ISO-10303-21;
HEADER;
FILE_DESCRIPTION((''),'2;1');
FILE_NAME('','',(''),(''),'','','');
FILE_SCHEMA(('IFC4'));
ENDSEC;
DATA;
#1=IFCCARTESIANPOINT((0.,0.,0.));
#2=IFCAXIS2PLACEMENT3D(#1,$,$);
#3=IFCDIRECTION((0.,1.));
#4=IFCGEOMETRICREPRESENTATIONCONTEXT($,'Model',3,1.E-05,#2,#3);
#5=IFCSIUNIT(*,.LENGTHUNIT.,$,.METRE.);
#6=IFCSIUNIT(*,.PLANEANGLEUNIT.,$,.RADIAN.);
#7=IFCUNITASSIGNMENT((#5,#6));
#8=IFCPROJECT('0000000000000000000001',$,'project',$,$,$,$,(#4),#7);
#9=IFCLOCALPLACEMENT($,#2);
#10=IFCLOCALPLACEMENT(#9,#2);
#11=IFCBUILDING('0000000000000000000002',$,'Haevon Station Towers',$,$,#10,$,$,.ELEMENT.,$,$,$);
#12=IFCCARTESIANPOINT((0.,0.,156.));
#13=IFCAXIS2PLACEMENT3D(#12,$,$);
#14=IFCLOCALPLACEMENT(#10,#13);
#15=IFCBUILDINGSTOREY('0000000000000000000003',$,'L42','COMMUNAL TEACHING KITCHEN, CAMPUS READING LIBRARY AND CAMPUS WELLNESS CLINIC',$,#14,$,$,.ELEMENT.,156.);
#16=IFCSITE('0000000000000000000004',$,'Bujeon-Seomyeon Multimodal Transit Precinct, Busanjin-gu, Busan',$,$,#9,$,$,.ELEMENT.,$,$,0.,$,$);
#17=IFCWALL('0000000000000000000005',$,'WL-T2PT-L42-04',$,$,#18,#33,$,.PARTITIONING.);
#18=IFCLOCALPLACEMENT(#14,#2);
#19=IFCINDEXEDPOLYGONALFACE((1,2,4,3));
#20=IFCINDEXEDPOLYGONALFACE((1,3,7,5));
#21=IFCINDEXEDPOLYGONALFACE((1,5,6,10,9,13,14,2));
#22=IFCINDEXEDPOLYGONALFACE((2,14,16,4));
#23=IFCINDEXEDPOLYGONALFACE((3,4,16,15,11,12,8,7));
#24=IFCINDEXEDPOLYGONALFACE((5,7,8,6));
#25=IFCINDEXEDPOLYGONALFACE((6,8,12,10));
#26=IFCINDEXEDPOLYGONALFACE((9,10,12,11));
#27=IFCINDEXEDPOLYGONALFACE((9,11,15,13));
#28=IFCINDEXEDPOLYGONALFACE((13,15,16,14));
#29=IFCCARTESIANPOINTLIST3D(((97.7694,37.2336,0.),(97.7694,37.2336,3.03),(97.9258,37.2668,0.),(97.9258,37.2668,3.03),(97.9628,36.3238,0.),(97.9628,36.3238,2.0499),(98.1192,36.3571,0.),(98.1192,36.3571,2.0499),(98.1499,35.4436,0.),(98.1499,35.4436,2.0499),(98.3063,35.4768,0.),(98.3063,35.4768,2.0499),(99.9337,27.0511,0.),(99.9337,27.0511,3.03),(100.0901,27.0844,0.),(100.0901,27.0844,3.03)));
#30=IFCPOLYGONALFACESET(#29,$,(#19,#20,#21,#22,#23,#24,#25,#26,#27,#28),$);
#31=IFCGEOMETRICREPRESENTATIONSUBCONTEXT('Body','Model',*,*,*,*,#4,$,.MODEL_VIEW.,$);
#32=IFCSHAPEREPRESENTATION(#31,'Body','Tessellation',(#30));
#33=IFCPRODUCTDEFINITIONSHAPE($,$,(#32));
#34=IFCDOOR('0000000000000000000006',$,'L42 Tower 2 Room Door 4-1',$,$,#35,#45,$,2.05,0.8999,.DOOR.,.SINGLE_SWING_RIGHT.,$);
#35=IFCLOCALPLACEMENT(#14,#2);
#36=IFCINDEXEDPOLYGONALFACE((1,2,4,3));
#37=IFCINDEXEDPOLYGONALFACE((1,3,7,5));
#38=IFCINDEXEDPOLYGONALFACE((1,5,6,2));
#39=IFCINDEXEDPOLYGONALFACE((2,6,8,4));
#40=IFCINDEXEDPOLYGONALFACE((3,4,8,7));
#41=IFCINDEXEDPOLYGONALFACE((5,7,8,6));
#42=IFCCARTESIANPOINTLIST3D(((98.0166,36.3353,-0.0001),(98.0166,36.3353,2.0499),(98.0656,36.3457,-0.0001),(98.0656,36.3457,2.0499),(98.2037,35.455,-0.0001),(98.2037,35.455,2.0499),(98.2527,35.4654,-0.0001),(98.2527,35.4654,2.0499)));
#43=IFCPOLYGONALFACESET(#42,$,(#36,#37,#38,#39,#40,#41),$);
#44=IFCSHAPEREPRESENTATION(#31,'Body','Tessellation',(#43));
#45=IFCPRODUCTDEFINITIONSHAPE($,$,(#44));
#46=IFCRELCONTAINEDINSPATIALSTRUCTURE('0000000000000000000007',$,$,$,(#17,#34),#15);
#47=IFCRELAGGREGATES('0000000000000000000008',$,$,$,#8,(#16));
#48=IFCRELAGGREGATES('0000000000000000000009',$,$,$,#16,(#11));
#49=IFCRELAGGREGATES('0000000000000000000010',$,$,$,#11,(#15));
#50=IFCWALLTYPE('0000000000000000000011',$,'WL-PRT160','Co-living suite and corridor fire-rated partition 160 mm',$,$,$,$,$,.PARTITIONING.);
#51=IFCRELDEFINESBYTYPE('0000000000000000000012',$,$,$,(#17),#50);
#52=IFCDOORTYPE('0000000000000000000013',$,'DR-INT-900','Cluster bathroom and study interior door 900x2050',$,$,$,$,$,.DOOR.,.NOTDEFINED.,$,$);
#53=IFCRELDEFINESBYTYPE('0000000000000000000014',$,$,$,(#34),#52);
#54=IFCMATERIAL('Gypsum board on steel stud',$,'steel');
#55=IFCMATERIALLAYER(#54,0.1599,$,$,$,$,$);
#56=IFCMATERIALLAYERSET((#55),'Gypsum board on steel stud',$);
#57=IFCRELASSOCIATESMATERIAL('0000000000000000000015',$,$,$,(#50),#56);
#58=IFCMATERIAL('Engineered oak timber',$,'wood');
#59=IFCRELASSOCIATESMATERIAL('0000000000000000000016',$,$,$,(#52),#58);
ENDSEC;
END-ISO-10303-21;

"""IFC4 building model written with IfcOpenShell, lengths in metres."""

from ifc_helpers import new_model, si_unit, direction, frame, frame_2d, origin, place, context, subcontext, project, spatial, rectangle, extrude, material, layer, layer_set, type_object, element, fill, save


model = new_model("IFC4")

# Units and contexts
model_context = context("Model", 3, precision=1e-05, world=origin(), true_north=direction((0.0, 1.0)))
body_context = subcontext(model_context, "Body", "Model", "MODEL_VIEW")
ifc_project = project(units=[si_unit("LENGTHUNIT", "METRE"), si_unit("PLANEANGLEUNIT", "RADIAN")], contexts=[model_context])

# Site, building, storey
site_placement = place(None, origin())
site = spatial("IfcSite", under=ifc_project, at=site_placement, Name="Bujeon-Seomyeon Multimodal Transit Precinct, Busanjin-gu, Busan", CompositionType="ELEMENT", RefElevation=0.0)
building_placement = place(site_placement, origin())
building = spatial("IfcBuilding", under=site, at=building_placement, Name="Haevon Station Towers", CompositionType="ELEMENT")
storey_placement = place(building_placement, frame((0.0, 0.0, 156.0)))
storey = spatial("IfcBuildingStorey", under=building, at=storey_placement, Name="L42", Description="COMMUNAL TEACHING KITCHEN, CAMPUS READING LIBRARY AND CAMPUS WELLNESS CLINIC", CompositionType="ELEMENT", Elevation=156.0)

# Wall, opening, door
ifc_material_1 = material(Name="Gypsum board on steel stud", Category="steel")
ifc_layer_1 = layer(ifc_material_1, 0.1599)
ifc_layer_set_1 = layer_set([ifc_layer_1], Name="Gypsum board on steel stud")
wall_type_1 = type_object("IfcWallType", Name="WL-PRT160", Description="Co-living suite and corridor fire-rated partition 160 mm", PredefinedType="PARTITIONING", material=ifc_layer_set_1)
wall_1_placement = place(storey_placement, frame((100.012, 27.0676, 0.0), z_axis=(0.0, 0.0, 1.0), x_axis=(-0.20791, 0.978148, 0.0)))
wall_1 = element("IfcWall", 1, at=wall_1_placement, inside=storey, type_object=wall_type_1, Name="WL-T2PT-L42-04", PredefinedType="PARTITIONING", context=body_context, shape_type="SweptSolid", body=[
    extrude(rectangle(XDim=10.4099, YDim=0.1599, at=frame_2d((5.2051, 0.0))), origin(), (0.0, 0.0, 1.0), 3.03),
])
opening_placement = place(wall_1_placement, frame((8.5801, 0.0, 0.0)))
opening = element("IfcOpeningElement", 2, at=opening_placement, cuts=wall_1, PredefinedType="OPENING", context=body_context, shape_type="SweptSolid", body=[
    extrude(rectangle(XDim=0.8999, YDim=2.05, at=frame_2d((0.45, 1.0249))), frame((0.0, 0.0898, 0.0), z_axis=(0.0, -1.0, 0.0), x_axis=(1.0, 0.0, 0.0)), (0.0, 0.0, 1.0), 0.1799),
])
ifc_material_2 = material(Name="Engineered oak timber", Category="wood")
door_type = type_object("IfcDoorType", Name="DR-INT-900", Description="Cluster bathroom and study interior door 900x2050", OperationType="NOTDEFINED", PredefinedType="DOOR", material=ifc_material_2)
door_placement = place(opening_placement, origin())
door = element("IfcDoor", 3, at=door_placement, inside=storey, type_object=door_type, Name="L42 Tower 2 Room Door 4-1", OperationType="SINGLE_SWING_RIGHT", OverallHeight=2.05, OverallWidth=0.8999, PredefinedType="DOOR", context=body_context, shape_type="SweptSolid", body=[
    extrude(rectangle(XDim=0.8999, YDim=2.05, at=frame_2d((0.45, 1.0249))), frame((0.0, 0.0249, 0.0), z_axis=(0.0, -1.0, 0.0), x_axis=(1.0, 0.0, 0.0)), (0.0, 0.0, 1.0), 0.05),
])
fill(opening, door)

save(model, "model.ifc")
